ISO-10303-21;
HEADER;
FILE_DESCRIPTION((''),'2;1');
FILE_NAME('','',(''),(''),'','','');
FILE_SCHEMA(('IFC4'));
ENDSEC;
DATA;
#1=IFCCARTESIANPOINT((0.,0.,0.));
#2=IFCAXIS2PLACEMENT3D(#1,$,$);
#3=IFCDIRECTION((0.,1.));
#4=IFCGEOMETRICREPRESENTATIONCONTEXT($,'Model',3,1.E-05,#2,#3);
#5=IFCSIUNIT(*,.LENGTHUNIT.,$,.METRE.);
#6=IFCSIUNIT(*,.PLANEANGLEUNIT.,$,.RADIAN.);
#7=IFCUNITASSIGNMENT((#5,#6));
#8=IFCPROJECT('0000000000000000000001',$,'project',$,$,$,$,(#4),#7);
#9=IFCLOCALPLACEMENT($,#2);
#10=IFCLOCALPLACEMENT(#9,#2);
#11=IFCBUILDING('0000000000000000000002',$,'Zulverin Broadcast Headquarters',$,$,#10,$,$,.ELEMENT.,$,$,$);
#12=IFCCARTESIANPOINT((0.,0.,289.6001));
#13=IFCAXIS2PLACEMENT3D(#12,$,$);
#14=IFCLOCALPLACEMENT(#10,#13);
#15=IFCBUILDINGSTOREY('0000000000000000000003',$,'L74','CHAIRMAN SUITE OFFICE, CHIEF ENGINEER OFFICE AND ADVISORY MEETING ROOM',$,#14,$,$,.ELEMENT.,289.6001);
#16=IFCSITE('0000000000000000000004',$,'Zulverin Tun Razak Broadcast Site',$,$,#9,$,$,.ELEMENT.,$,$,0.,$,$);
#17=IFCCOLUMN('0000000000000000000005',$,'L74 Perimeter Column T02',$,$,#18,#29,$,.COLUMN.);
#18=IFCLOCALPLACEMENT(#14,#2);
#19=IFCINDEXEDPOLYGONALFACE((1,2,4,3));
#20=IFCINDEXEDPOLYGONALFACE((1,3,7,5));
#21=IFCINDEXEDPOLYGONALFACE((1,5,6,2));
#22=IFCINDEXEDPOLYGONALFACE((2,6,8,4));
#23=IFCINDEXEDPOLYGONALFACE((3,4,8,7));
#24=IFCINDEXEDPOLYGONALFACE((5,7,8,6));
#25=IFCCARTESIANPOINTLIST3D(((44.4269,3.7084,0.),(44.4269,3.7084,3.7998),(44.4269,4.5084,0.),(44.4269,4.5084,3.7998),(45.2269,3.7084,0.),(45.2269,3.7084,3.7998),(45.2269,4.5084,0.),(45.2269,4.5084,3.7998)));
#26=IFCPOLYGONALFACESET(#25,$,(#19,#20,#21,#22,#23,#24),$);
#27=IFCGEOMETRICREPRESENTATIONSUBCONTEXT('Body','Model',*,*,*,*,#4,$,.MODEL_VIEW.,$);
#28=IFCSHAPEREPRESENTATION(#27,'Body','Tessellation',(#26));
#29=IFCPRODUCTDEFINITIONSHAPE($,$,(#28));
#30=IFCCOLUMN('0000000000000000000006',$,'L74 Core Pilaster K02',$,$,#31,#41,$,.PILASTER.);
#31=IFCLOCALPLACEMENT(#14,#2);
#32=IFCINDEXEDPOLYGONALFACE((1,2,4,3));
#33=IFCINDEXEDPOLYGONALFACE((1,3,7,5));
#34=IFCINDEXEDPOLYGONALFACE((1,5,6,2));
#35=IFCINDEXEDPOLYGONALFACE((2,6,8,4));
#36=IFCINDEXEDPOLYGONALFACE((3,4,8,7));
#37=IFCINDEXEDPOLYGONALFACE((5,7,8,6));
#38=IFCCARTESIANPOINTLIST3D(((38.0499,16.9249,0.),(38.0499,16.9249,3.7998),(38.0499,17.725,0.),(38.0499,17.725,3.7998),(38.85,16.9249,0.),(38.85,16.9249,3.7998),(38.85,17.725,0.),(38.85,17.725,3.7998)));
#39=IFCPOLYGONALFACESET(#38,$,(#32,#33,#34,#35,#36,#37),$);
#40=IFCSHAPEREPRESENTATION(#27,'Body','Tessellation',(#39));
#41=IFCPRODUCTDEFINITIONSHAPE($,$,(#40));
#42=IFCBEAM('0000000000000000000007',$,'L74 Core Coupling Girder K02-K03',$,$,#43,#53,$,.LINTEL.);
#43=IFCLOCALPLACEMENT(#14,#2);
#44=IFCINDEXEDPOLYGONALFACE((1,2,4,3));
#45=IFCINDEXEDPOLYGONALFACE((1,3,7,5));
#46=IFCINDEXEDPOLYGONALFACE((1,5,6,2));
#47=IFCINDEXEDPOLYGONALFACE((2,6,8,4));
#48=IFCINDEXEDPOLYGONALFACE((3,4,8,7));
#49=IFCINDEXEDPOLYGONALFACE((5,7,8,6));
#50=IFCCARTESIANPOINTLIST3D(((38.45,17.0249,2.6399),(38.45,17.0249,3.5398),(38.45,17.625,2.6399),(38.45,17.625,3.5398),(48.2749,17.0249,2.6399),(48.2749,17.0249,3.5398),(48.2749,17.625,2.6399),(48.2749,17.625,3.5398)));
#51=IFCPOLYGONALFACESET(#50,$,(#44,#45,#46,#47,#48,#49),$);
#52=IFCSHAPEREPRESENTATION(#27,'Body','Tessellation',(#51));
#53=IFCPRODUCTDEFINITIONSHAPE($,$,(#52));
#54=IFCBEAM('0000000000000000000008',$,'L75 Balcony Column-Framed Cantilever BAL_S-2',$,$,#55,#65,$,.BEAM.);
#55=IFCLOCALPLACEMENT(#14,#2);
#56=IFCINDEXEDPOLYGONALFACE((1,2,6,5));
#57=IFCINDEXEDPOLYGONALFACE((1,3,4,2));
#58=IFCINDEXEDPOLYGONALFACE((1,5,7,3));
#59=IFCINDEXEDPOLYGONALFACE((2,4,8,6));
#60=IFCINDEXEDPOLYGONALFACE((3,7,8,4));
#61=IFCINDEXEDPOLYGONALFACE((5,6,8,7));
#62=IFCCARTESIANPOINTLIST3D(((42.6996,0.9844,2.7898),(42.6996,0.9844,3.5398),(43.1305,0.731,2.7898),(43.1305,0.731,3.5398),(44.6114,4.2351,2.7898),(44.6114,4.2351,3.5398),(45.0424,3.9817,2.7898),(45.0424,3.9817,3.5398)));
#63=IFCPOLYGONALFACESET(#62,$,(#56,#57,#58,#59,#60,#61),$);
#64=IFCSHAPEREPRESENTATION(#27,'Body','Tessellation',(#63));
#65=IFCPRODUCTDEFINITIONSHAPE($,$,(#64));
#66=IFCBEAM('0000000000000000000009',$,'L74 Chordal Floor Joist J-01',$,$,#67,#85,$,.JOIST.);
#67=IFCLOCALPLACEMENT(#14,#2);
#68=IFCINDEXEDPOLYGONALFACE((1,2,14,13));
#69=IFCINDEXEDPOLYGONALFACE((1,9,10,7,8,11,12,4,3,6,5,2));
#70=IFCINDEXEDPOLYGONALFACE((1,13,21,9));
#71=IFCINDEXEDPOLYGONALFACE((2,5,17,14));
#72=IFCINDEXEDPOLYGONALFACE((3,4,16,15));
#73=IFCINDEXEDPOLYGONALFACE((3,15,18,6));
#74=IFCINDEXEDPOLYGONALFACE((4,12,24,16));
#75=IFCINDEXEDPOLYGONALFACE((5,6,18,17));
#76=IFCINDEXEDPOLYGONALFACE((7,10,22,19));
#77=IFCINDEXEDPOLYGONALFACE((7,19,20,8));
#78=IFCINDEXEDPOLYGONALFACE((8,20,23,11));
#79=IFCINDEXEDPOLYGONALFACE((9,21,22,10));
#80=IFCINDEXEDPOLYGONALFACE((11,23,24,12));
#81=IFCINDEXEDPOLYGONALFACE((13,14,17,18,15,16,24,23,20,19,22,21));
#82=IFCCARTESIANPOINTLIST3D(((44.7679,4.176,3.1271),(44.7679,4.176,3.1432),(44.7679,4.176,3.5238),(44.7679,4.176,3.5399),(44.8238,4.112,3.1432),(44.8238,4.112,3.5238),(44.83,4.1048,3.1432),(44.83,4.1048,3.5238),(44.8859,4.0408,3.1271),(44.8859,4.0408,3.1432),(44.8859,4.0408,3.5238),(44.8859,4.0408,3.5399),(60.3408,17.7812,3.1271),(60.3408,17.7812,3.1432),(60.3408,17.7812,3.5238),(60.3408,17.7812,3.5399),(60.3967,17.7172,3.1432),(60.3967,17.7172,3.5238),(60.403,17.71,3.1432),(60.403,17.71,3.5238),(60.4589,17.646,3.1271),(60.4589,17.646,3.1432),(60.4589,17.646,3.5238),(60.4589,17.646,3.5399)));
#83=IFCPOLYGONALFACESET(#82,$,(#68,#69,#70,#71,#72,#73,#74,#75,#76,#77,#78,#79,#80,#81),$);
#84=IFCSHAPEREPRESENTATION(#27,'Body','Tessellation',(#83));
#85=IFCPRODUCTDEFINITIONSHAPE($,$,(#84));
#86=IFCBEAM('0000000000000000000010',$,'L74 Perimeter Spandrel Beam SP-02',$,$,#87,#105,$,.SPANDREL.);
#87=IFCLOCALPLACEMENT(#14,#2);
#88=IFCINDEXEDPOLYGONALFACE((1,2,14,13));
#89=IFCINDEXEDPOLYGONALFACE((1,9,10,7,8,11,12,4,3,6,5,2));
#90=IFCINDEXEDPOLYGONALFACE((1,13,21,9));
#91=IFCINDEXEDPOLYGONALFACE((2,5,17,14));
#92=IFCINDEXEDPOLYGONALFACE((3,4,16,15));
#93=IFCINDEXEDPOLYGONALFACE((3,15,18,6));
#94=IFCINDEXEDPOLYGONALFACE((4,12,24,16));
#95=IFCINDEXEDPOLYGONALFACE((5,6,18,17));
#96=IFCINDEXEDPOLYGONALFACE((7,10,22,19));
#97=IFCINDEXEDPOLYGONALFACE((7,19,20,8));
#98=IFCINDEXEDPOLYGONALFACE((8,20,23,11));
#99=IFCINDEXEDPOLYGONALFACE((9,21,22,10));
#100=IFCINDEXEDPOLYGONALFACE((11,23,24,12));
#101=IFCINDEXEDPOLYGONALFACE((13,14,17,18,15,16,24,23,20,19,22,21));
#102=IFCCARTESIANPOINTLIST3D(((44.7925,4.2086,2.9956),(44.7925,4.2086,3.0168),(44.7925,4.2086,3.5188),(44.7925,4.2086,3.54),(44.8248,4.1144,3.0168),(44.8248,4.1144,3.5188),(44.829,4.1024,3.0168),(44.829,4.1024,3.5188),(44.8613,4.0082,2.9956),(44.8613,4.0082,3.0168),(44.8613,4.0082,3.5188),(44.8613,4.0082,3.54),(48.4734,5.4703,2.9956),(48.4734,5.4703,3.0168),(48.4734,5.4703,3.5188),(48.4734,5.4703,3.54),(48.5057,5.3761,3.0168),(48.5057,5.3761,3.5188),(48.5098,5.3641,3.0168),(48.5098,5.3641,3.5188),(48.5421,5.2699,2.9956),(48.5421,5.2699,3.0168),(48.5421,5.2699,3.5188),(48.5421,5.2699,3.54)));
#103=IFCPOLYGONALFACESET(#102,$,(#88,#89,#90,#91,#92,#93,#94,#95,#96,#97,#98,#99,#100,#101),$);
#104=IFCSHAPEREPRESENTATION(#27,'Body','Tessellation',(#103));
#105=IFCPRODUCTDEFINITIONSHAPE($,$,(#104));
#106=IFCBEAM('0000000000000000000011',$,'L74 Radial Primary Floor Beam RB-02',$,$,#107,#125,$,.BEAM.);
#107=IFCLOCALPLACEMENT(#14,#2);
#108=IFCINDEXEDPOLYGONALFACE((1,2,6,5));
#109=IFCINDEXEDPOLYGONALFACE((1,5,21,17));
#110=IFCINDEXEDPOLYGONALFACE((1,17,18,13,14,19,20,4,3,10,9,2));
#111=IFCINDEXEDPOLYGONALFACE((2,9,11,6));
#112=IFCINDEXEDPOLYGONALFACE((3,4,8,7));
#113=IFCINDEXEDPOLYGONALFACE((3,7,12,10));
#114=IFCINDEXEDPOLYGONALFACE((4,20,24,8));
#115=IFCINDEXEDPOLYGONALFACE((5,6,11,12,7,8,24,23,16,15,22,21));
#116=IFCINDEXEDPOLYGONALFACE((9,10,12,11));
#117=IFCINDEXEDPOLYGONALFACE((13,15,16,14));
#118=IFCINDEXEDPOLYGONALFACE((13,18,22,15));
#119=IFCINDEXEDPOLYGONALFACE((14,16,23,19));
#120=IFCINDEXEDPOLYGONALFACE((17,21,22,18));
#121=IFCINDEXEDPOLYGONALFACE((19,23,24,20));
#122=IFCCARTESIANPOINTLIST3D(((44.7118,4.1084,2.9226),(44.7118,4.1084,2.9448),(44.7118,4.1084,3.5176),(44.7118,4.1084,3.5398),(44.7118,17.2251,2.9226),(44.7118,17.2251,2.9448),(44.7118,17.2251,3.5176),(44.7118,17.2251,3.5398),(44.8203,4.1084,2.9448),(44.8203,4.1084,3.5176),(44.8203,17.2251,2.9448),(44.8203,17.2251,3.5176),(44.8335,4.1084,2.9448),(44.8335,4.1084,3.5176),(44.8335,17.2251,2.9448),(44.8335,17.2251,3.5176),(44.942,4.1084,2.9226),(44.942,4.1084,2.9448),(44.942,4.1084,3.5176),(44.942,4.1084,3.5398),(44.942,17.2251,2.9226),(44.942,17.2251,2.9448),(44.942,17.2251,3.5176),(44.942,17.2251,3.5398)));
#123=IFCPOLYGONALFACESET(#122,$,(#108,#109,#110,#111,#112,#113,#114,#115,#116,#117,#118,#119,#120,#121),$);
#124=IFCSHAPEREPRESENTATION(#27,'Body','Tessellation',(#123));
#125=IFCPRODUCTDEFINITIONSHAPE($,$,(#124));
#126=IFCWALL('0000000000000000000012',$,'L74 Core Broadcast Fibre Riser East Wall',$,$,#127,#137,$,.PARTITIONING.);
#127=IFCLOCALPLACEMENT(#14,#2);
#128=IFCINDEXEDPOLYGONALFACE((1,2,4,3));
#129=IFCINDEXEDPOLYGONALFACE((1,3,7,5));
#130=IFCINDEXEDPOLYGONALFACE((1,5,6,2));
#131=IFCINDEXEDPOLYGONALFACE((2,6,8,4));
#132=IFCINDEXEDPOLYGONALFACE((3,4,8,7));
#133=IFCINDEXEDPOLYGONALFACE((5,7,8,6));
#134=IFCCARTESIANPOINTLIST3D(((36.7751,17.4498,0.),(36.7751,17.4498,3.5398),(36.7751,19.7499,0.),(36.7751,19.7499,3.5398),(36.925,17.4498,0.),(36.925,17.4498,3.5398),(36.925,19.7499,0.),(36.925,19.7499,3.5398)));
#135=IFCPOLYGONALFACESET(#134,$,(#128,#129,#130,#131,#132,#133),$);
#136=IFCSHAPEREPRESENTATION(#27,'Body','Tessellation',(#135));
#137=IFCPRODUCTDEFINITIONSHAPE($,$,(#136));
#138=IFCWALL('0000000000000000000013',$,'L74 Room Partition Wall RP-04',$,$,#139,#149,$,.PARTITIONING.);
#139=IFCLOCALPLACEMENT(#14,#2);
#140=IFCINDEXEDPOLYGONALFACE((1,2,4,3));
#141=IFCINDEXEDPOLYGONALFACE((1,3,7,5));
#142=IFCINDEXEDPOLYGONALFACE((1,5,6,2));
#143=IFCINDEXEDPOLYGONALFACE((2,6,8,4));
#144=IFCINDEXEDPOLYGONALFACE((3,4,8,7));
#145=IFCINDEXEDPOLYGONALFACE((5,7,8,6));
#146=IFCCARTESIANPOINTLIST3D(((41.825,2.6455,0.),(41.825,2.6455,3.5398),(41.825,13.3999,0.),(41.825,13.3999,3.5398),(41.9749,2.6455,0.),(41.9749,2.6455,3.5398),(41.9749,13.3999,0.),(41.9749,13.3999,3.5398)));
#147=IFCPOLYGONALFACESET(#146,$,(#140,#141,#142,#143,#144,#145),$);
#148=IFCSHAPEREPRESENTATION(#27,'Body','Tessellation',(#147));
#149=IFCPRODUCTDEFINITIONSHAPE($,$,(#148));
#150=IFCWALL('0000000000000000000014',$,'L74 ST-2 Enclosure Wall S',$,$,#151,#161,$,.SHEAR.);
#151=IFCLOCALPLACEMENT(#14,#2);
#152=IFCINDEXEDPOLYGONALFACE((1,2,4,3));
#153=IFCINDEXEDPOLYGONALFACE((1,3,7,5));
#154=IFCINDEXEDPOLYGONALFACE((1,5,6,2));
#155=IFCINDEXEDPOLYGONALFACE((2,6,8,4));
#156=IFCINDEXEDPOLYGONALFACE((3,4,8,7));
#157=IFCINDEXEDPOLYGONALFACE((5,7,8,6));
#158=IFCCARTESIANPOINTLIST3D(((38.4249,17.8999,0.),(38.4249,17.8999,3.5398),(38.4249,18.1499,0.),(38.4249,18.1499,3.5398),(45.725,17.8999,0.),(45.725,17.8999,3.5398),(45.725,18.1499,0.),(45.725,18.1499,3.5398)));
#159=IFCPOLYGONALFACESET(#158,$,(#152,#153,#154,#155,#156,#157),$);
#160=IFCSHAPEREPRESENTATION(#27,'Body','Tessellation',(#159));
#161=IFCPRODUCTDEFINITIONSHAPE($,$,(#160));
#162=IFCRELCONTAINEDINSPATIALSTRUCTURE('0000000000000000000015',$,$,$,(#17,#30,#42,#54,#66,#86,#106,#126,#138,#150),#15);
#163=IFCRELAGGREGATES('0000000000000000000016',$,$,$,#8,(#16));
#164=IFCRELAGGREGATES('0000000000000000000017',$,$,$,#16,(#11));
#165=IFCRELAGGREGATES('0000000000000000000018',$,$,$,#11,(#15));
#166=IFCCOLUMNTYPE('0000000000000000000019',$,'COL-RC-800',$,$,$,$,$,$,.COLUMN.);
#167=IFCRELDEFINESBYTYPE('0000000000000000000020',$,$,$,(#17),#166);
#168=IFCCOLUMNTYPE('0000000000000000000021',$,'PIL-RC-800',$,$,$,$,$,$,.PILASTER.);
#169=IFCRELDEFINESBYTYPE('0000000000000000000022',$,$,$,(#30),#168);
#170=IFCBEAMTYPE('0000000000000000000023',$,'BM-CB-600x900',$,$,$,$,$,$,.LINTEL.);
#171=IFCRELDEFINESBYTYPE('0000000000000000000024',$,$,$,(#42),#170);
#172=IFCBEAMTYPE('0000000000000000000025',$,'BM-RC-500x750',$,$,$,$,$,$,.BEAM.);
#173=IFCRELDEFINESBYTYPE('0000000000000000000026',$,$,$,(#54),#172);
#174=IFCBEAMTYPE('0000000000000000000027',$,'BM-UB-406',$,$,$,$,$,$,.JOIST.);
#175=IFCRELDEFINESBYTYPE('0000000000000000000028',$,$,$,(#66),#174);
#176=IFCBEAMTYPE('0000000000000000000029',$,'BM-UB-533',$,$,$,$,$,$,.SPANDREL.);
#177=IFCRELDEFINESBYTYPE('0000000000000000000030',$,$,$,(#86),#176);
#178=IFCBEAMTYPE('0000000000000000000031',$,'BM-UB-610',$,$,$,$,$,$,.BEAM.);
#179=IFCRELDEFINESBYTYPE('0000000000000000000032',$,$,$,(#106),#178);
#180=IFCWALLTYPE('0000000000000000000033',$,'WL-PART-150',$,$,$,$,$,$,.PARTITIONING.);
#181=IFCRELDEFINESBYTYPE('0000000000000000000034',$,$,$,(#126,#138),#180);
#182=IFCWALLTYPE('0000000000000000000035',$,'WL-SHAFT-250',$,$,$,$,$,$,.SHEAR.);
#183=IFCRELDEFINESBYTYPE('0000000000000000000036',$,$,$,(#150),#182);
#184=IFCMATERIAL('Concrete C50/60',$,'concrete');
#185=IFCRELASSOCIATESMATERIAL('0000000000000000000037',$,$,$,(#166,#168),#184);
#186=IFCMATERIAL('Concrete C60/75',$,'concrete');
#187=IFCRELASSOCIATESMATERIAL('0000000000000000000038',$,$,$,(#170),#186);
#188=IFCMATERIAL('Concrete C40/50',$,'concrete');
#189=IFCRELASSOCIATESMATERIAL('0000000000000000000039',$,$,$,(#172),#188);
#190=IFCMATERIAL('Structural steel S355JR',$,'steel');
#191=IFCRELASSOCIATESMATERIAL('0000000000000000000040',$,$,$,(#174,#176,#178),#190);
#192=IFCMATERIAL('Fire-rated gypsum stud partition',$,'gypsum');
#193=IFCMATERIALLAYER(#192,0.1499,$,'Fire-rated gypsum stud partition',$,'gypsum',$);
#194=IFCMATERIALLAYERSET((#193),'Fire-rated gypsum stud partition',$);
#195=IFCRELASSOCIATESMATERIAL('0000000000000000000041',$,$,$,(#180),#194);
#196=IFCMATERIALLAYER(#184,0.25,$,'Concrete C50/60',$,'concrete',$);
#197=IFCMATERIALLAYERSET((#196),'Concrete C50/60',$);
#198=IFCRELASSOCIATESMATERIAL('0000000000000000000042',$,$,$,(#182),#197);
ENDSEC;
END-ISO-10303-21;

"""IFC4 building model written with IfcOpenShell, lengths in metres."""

from ifc_helpers import new_model, si_unit, direction, frame, frame_2d, origin, origin_2d, place, context, subcontext, project, spatial, rectangle, i_section, extrude, material, layer, layer_set, material_profile, profile_set, type_object, element, save


model = new_model("IFC4")

# Units and contexts
model_context = context("Model", 3, precision=1e-05, world=origin(), true_north=direction((0.0, 1.0)))
body_context = subcontext(model_context, "Body", "Model", "MODEL_VIEW")
ifc_project = project(units=[si_unit("LENGTHUNIT", "METRE"), si_unit("PLANEANGLEUNIT", "RADIAN")], contexts=[model_context])

# Site, building, storey
site_placement = place(None, origin())
site = spatial("IfcSite", under=ifc_project, at=site_placement, Name="Zulverin Tun Razak Broadcast Site", CompositionType="ELEMENT", RefElevation=0.0)
building_placement = place(site_placement, origin())
building = spatial("IfcBuilding", under=site, at=building_placement, Name="Zulverin Broadcast Headquarters", CompositionType="ELEMENT")
storey_placement = place(building_placement, frame((0.0, 0.0, 289.6001)))
storey = spatial("IfcBuildingStorey", under=building, at=storey_placement, Name="L74", Description="CHAIRMAN SUITE OFFICE, CHIEF ENGINEER OFFICE AND ADVISORY MEETING ROOM", CompositionType="ELEMENT", Elevation=289.6001)

# Columns
ifc_material_1 = material(Name="Concrete C50/60", Category="concrete")
ifc_material_profile_1 = material_profile(ifc_material_1, rectangle(XDim=0.8, YDim=0.8, at=origin_2d()), Name="Concrete C50/60", Category="concrete")
ifc_profile_set_1 = profile_set([ifc_material_profile_1], Name="Concrete C50/60")
column_type_1 = type_object("IfcColumnType", Name="COL-RC-800", PredefinedType="COLUMN", material=ifc_profile_set_1)
column_1_placement = place(storey_placement, frame((44.8269, 4.1084, 0.0), z_axis=(0.0, 0.0, 1.0), x_axis=(1.0, 0.0, 0.0)))
element("IfcColumn", 1, at=column_1_placement, inside=storey, type_object=column_type_1, Name="L74 Perimeter Column T02", PredefinedType="COLUMN", context=body_context, shape_type="SweptSolid", body=[
    extrude(rectangle(XDim=0.8, YDim=0.8, at=origin_2d()), origin(), (0.0, 0.0, 1.0), 3.7998),
])
ifc_material_profile_2 = material_profile(ifc_material_1, rectangle(XDim=0.8, YDim=0.8, at=origin_2d()), Name="Concrete C50/60", Category="concrete")
ifc_profile_set_2 = profile_set([ifc_material_profile_2], Name="Concrete C50/60")
column_type_2 = type_object("IfcColumnType", Name="PIL-RC-800", PredefinedType="PILASTER", material=ifc_profile_set_2)
column_2_placement = place(storey_placement, frame((38.45, 17.325, 0.0), z_axis=(0.0, 0.0, 1.0), x_axis=(1.0, 0.0, 0.0)))
element("IfcColumn", 2, at=column_2_placement, inside=storey, type_object=column_type_2, Name="L74 Core Pilaster K02", PredefinedType="PILASTER", context=body_context, shape_type="SweptSolid", body=[
    extrude(rectangle(XDim=0.8, YDim=0.8, at=origin_2d()), origin(), (0.0, 0.0, 1.0), 3.7998),
])

# Beams
ifc_material_2 = material(Name="Concrete C60/75", Category="concrete")
ifc_material_profile_3 = material_profile(ifc_material_2, rectangle(XDim=0.6001, YDim=0.8999, at=origin_2d()), Name="Concrete C60/75", Category="concrete")
ifc_profile_set_3 = profile_set([ifc_material_profile_3], Name="Concrete C60/75")
beam_type_1 = type_object("IfcBeamType", Name="BM-CB-600x900", PredefinedType="LINTEL", material=ifc_profile_set_3)
beam_1_placement = place(storey_placement, frame((38.45, 17.325, 3.0898), z_axis=(1.0, 0.0, 0.0), x_axis=(0.0, 1.0, 0.0)))
element("IfcBeam", 3, at=beam_1_placement, inside=storey, type_object=beam_type_1, Name="L74 Core Coupling Girder K02-K03", PredefinedType="LINTEL", context=body_context, shape_type="SweptSolid", body=[
    extrude(rectangle(XDim=0.6001, YDim=0.8999, at=origin_2d()), origin(), (0.0, 0.0, 1.0), 9.825),
])
ifc_material_3 = material(Name="Concrete C40/50", Category="concrete")
ifc_material_profile_4 = material_profile(ifc_material_3, rectangle(XDim=0.5, YDim=0.75, at=origin_2d()), Name="Concrete C40/50", Category="concrete")
ifc_profile_set_4 = profile_set([ifc_material_profile_4], Name="Concrete C40/50")
beam_type_2 = type_object("IfcBeamType", Name="BM-RC-500x750", PredefinedType="BEAM", material=ifc_profile_set_4)
beam_2_placement = place(storey_placement, frame((44.8269, 4.1084, 3.1648), z_axis=(-0.506955, -0.861972, 0.0), x_axis=(0.861972, -0.506955, 0.0)))
element("IfcBeam", 4, at=beam_2_placement, inside=storey, type_object=beam_type_2, Name="L75 Balcony Column-Framed Cantilever BAL_S-2", PredefinedType="BEAM", context=body_context, shape_type="SweptSolid", body=[
    extrude(rectangle(XDim=0.5, YDim=0.75, at=origin_2d()), origin(), (0.0, 0.0, 1.0), 3.7712),
])
ifc_material_4 = material(Name="Structural steel S355JR", Category="steel")
ifc_material_profile_5 = material_profile(ifc_material_4, i_section(OverallWidth=0.1794, OverallDepth=0.4128, WebThickness=0.0095, FlangeThickness=0.0161, at=origin_2d()), Name="Structural steel S355JR", Category="steel")
ifc_profile_set_5 = profile_set([ifc_material_profile_5], Name="Structural steel S355JR")
beam_type_3 = type_object("IfcBeamType", Name="BM-UB-406", PredefinedType="JOIST", material=ifc_profile_set_5)
beam_3_placement = place(storey_placement, frame((44.8269, 4.1084, 3.3335), z_axis=(0.753083, 0.657925, 0.0), x_axis=(-0.657925, 0.753083, 0.0)))
element("IfcBeam", 5, at=beam_3_placement, inside=storey, type_object=beam_type_3, Name="L74 Chordal Floor Joist J-01", PredefinedType="JOIST", context=body_context, shape_type="SweptSolid", body=[
    extrude(i_section(OverallWidth=0.1794, OverallDepth=0.4128, WebThickness=0.0095, FlangeThickness=0.0161, at=origin_2d()), origin(), (0.0, 0.0, 1.0), 20.679),
])
ifc_material_profile_6 = material_profile(ifc_material_4, i_section(OverallWidth=0.2119, OverallDepth=0.5444, WebThickness=0.0127, FlangeThickness=0.0212, at=origin_2d()), Name="Structural steel S355JR", Category="steel")
ifc_profile_set_6 = profile_set([ifc_material_profile_6], Name="Structural steel S355JR")
beam_type_4 = type_object("IfcBeamType", Name="BM-UB-533", PredefinedType="SPANDREL", material=ifc_profile_set_6)
beam_4_placement = place(storey_placement, frame((44.8269, 4.1084, 3.2678), z_axis=(0.94597, 0.324254, 0.0), x_axis=(-0.324254, 0.94597, 0.0)))
element("IfcBeam", 6, at=beam_4_placement, inside=storey, type_object=beam_type_4, Name="L74 Perimeter Spandrel Beam SP-02", PredefinedType="SPANDREL", context=body_context, shape_type="SweptSolid", body=[
    extrude(i_section(OverallWidth=0.2119, OverallDepth=0.5444, WebThickness=0.0127, FlangeThickness=0.0212, at=origin_2d()), origin(), (0.0, 0.0, 1.0), 3.8911),
])
ifc_material_profile_7 = material_profile(ifc_material_4, i_section(OverallWidth=0.2302, OverallDepth=0.6172, WebThickness=0.0132, FlangeThickness=0.0222, at=origin_2d()), Name="Structural steel S355JR", Category="steel")
ifc_profile_set_7 = profile_set([ifc_material_profile_7], Name="Structural steel S355JR")
beam_type_5 = type_object("IfcBeamType", Name="BM-UB-610", PredefinedType="BEAM", material=ifc_profile_set_7)
beam_5_placement = place(storey_placement, frame((44.8269, 17.2251, 3.2312), z_axis=(0.0, -1.0, 0.0), x_axis=(1.0, 0.0, 0.0)))
element("IfcBeam", 7, at=beam_5_placement, inside=storey, type_object=beam_type_5, Name="L74 Radial Primary Floor Beam RB-02", PredefinedType="BEAM", context=body_context, shape_type="SweptSolid", body=[
    extrude(i_section(OverallWidth=0.2302, OverallDepth=0.6172, WebThickness=0.0132, FlangeThickness=0.0222, at=origin_2d()), origin(), (0.0, 0.0, 1.0), 13.1167),
])

# Walls
ifc_material_5 = material(Name="Fire-rated gypsum stud partition", Category="gypsum")
ifc_layer_1 = layer(ifc_material_5, 0.1499, Name="Fire-rated gypsum stud partition", Category="gypsum")
ifc_layer_set_1 = layer_set([ifc_layer_1], Name="Fire-rated gypsum stud partition")
wall_type_1 = type_object("IfcWallType", Name="WL-PART-150", PredefinedType="PARTITIONING", material=ifc_layer_set_1)
wall_1_placement = place(storey_placement, frame((36.8501, 17.45, 0.0), z_axis=(0.0, 0.0, 1.0), x_axis=(0.0, 1.0, 0.0)))
element("IfcWall", 8, at=wall_1_placement, inside=storey, type_object=wall_type_1, Name="L74 Core Broadcast Fibre Riser East Wall", PredefinedType="PARTITIONING", context=body_context, shape_type="SweptSolid", body=[
    extrude(rectangle(XDim=2.3, YDim=0.1499, at=frame_2d((1.1499, 0.0))), origin(), (0.0, 0.0, 1.0), 3.5398),
])
wall_2_placement = place(storey_placement, frame((41.8999, 2.6455, 0.0), z_axis=(0.0, 0.0, 1.0), x_axis=(0.0, 1.0, 0.0)))
element("IfcWall", 9, at=wall_2_placement, inside=storey, type_object=wall_type_1, Name="L74 Room Partition Wall RP-04", PredefinedType="PARTITIONING", context=body_context, shape_type="SweptSolid", body=[
    extrude(rectangle(XDim=10.7544, YDim=0.1499, at=frame_2d((5.3772, 0.0))), origin(), (0.0, 0.0, 1.0), 3.5398),
])
ifc_layer_2 = layer(ifc_material_1, 0.25, Name="Concrete C50/60", Category="concrete")
ifc_layer_set_2 = layer_set([ifc_layer_2], Name="Concrete C50/60")
wall_type_2 = type_object("IfcWallType", Name="WL-SHAFT-250", PredefinedType="SHEAR", material=ifc_layer_set_2)
wall_3_placement = place(storey_placement, frame((38.425, 18.0249, 0.0), z_axis=(0.0, 0.0, 1.0), x_axis=(1.0, 0.0, 0.0)))
element("IfcWall", 10, at=wall_3_placement, inside=storey, type_object=wall_type_2, Name="L74 ST-2 Enclosure Wall S", PredefinedType="SHEAR", context=body_context, shape_type="SweptSolid", body=[
    extrude(rectangle(XDim=7.3, YDim=0.25, at=frame_2d((3.6499, 0.0))), origin(), (0.0, 0.0, 1.0), 3.5398),
])

save(model, "model.ifc")
